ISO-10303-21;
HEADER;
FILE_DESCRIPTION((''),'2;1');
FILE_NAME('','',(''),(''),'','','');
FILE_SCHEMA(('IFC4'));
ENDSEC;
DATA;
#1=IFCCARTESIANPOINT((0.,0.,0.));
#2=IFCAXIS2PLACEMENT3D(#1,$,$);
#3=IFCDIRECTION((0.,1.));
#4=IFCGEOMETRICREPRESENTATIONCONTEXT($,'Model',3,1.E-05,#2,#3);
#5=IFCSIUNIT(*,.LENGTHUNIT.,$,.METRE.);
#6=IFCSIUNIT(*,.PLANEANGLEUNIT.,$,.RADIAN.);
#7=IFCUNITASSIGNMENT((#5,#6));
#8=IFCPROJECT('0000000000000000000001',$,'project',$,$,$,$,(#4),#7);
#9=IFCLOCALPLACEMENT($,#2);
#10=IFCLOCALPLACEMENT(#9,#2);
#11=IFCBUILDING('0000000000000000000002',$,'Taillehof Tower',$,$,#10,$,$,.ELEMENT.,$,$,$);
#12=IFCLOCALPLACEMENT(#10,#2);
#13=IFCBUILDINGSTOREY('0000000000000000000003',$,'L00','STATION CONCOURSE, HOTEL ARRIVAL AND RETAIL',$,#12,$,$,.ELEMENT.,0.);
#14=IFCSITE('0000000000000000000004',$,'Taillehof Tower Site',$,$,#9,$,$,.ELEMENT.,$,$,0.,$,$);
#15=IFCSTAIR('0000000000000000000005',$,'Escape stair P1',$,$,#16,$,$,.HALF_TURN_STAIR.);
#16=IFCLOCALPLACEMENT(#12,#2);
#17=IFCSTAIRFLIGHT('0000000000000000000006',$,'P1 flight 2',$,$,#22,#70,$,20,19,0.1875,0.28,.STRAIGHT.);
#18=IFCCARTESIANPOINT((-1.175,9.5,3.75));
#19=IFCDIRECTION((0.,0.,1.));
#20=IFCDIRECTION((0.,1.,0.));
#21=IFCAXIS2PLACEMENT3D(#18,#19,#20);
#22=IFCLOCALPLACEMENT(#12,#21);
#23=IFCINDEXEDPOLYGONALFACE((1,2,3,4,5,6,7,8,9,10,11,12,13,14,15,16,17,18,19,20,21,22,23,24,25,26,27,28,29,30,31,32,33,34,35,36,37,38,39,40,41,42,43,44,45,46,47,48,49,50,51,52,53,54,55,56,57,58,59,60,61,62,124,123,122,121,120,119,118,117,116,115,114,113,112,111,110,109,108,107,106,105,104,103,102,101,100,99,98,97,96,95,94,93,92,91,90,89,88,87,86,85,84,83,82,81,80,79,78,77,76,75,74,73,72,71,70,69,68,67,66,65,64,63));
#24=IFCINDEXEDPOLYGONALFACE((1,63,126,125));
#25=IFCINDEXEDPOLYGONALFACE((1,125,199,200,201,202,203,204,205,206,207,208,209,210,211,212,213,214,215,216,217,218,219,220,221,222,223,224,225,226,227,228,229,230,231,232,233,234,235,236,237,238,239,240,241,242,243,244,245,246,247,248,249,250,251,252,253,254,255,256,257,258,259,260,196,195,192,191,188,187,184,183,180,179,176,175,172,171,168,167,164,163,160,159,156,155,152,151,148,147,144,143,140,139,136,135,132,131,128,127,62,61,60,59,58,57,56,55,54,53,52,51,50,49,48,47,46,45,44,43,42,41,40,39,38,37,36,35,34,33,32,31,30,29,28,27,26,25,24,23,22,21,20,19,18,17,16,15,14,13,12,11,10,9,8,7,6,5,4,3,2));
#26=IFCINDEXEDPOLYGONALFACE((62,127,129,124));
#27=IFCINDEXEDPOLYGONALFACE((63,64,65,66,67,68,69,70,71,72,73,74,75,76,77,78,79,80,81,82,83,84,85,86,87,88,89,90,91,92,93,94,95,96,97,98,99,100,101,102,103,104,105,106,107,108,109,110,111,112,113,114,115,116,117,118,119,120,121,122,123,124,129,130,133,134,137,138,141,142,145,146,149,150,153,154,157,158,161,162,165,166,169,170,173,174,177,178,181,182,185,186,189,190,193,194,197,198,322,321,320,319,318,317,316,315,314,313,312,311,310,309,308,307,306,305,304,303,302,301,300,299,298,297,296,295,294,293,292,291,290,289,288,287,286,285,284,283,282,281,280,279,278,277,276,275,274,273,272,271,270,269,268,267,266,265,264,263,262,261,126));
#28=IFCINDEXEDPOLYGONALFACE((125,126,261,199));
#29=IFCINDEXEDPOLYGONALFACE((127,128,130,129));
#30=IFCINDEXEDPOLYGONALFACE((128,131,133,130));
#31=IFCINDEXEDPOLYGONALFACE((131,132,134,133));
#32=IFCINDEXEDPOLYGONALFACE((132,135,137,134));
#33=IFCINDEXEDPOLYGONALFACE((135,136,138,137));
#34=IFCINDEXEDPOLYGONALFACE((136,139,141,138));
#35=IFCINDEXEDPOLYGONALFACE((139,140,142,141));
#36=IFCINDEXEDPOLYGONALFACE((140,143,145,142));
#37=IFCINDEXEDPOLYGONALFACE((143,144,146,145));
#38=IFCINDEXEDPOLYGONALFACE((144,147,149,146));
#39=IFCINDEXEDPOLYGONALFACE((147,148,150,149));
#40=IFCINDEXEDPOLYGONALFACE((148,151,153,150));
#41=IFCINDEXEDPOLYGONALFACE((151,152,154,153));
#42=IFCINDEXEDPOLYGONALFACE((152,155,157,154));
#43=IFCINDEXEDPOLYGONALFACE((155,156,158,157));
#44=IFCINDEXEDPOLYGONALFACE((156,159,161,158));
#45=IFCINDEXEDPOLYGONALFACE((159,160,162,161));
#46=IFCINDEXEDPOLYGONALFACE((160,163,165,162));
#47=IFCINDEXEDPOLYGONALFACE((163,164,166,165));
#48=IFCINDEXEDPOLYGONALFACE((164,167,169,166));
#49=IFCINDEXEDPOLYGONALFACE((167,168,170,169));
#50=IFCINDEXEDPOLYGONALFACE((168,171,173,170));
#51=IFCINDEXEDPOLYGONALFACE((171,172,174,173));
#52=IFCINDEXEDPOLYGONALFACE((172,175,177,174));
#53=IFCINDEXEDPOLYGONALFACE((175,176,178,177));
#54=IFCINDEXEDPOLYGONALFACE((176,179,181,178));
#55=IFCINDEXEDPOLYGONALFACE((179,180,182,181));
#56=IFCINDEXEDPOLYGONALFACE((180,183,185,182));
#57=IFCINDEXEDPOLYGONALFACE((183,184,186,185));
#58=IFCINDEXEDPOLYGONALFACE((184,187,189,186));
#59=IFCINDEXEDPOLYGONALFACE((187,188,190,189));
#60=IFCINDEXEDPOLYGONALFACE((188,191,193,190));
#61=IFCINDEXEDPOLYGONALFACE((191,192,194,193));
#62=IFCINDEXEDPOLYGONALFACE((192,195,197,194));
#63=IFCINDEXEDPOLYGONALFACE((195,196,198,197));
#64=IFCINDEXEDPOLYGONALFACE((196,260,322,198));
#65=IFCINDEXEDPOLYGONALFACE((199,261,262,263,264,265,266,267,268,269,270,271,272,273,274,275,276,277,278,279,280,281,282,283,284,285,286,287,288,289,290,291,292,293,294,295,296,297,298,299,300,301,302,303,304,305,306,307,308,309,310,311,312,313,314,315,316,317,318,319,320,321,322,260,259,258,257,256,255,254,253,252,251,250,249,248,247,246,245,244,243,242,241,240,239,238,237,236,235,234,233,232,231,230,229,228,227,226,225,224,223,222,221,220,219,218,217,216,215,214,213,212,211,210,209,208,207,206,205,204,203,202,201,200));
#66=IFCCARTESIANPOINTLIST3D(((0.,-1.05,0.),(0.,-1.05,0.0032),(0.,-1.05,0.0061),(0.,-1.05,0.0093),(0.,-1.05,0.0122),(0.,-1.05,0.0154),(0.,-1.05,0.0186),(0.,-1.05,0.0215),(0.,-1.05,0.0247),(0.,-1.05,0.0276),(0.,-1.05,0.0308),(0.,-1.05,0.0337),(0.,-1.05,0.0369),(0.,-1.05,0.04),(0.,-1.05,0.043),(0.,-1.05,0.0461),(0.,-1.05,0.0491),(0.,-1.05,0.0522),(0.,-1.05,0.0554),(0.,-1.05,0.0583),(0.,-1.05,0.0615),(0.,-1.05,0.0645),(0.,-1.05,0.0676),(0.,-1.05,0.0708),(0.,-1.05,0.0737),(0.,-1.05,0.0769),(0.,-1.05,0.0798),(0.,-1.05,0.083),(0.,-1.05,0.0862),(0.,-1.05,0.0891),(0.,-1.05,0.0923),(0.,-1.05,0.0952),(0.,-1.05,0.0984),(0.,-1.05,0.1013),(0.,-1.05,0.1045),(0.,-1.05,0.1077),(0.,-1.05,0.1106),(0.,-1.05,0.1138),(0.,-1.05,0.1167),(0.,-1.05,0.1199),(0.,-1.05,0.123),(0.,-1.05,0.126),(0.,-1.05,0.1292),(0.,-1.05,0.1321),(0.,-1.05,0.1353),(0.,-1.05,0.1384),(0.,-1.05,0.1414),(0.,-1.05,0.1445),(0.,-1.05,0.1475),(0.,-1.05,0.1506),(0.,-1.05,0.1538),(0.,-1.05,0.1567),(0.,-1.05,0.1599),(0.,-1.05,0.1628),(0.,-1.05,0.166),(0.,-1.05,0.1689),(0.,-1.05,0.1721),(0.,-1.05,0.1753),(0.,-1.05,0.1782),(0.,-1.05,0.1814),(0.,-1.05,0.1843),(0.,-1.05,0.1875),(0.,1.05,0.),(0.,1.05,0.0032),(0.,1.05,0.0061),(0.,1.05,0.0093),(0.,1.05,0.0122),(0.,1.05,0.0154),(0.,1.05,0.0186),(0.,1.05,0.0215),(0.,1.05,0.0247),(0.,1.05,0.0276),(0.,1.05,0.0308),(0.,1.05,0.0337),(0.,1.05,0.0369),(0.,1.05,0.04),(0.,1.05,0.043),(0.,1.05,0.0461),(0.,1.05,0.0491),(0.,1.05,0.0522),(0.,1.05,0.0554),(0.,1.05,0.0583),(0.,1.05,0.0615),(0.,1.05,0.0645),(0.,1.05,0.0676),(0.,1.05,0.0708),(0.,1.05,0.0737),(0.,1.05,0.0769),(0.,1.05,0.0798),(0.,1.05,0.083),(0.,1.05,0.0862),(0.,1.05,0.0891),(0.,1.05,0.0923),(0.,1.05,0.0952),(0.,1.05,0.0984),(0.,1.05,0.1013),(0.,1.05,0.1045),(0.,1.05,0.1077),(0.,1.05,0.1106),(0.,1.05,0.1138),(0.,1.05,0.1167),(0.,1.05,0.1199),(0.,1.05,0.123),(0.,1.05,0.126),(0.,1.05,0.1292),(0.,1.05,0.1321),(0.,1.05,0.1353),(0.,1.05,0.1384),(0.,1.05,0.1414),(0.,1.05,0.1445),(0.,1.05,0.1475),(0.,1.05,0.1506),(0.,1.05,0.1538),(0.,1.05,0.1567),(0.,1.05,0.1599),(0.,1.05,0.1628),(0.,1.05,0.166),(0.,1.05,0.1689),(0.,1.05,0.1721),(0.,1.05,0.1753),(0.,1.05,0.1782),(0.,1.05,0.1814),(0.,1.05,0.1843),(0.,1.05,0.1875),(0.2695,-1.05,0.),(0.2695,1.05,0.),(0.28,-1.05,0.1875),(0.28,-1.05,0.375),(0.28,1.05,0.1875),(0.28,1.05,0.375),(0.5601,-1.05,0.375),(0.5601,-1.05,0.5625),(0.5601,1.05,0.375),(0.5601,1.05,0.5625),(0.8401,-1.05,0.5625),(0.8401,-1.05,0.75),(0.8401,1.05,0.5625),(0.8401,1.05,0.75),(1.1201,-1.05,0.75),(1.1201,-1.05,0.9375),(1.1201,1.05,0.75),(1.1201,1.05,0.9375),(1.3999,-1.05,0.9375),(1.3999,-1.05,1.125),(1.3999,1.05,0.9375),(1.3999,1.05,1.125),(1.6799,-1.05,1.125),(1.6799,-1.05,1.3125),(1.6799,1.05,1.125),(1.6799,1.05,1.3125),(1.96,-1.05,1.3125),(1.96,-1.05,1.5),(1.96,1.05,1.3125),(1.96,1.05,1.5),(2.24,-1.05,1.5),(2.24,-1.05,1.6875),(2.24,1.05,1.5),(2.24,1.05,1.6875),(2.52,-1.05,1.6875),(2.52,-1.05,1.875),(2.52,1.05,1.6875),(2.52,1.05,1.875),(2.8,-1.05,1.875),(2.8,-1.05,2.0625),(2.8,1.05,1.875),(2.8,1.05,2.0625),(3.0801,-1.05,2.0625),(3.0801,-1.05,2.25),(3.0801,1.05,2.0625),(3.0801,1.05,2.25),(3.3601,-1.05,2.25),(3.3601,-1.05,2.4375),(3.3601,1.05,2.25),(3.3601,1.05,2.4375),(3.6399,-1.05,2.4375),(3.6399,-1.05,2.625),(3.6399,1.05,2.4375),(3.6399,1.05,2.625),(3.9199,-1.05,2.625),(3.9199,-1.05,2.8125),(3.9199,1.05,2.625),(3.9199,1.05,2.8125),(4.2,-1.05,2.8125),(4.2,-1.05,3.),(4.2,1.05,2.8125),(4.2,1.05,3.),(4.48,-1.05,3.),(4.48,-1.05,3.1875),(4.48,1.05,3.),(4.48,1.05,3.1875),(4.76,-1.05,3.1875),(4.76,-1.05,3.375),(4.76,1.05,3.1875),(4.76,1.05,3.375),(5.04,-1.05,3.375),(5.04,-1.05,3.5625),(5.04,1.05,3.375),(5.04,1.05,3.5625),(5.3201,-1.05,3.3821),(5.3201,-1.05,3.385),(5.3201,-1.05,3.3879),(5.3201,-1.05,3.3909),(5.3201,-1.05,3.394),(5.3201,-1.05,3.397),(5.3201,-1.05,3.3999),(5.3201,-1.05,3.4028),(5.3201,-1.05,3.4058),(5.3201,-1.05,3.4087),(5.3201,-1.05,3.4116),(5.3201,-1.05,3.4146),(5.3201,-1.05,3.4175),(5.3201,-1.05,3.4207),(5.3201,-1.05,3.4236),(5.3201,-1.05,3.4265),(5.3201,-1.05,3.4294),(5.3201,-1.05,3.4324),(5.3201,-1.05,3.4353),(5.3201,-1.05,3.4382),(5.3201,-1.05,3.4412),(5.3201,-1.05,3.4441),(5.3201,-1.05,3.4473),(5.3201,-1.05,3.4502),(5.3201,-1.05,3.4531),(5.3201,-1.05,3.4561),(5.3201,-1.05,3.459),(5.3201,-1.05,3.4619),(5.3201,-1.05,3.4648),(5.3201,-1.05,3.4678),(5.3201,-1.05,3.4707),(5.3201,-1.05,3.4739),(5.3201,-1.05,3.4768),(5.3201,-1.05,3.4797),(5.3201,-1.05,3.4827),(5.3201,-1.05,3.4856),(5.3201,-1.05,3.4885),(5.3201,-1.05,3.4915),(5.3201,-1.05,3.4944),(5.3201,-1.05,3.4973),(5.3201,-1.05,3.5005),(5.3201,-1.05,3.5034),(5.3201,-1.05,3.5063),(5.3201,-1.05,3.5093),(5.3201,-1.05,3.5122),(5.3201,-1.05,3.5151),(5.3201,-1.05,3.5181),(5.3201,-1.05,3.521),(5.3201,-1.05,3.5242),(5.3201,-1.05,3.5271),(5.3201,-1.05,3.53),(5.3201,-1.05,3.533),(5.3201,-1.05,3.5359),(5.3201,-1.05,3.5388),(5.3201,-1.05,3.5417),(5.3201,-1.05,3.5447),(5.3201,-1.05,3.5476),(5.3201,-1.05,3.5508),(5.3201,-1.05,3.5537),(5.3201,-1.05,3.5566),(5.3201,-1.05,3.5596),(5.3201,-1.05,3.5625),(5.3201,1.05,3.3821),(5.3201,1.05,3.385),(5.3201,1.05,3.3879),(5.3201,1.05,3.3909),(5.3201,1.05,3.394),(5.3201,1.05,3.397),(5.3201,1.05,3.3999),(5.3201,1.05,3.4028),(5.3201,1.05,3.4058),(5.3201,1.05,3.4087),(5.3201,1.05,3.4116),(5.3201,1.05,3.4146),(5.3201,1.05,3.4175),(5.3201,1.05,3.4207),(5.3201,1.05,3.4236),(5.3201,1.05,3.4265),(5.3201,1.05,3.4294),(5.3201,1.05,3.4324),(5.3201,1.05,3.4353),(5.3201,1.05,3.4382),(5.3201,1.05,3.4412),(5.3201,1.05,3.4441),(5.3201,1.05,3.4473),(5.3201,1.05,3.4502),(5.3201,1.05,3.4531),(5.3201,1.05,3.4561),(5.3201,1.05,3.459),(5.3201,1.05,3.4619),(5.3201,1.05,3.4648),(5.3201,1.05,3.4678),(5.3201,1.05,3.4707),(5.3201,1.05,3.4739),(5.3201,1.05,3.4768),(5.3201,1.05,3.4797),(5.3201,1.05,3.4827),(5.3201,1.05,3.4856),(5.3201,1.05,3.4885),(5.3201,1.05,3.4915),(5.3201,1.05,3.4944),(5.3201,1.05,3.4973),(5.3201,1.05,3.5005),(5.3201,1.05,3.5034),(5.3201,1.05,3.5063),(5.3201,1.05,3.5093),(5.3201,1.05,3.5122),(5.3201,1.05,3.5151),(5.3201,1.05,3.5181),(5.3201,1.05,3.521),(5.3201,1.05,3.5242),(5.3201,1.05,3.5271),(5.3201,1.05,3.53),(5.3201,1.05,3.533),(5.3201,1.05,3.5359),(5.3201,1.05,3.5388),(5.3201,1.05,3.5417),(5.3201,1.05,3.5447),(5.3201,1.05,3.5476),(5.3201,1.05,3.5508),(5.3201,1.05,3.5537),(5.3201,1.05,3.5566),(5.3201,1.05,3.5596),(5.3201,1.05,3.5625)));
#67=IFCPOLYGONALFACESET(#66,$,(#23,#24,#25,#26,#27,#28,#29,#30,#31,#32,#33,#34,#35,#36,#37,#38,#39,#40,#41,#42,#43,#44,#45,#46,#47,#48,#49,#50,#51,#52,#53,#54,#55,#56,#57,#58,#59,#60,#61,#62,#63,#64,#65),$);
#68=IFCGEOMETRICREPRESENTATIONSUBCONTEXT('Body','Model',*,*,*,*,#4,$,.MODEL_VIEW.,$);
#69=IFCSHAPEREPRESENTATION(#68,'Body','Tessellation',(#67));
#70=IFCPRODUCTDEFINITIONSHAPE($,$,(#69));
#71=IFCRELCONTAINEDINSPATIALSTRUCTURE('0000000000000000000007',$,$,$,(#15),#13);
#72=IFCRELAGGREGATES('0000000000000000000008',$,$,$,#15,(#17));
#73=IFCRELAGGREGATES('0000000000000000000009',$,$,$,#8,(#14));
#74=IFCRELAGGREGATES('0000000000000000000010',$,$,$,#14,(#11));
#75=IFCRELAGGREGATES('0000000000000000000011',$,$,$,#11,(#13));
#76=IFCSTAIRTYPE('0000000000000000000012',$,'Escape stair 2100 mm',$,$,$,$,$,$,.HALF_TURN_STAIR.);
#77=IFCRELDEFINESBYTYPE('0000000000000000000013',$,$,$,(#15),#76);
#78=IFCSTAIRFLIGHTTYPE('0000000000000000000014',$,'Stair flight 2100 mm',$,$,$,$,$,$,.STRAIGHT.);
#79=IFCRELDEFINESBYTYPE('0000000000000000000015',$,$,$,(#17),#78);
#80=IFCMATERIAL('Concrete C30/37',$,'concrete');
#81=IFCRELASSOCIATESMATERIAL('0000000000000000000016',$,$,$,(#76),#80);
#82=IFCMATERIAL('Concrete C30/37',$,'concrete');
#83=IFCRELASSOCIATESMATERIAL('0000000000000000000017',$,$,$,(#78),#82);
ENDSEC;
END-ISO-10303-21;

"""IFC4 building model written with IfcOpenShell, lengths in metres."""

from ifc_helpers import new_model, si_unit, direction, frame, origin, place, context, subcontext, project, spatial, polyline, outline, extrude, material, type_object, element, aggregate, save


model = new_model("IFC4")

# Units and contexts
model_context = context("Model", 3, precision=1e-05, world=origin(), true_north=direction((0.0, 1.0)))
body_context = subcontext(model_context, "Body", "Model", "MODEL_VIEW")
ifc_project = project(units=[si_unit("LENGTHUNIT", "METRE"), si_unit("PLANEANGLEUNIT", "RADIAN")], contexts=[model_context])

# Site, building, storey
site_placement = place(None, origin())
site = spatial("IfcSite", under=ifc_project, at=site_placement, Name="Taillehof Tower Site", CompositionType="ELEMENT", RefElevation=0.0)
building_placement = place(site_placement, origin())
building = spatial("IfcBuilding", under=site, at=building_placement, Name="Taillehof Tower", CompositionType="ELEMENT")
storey_placement = place(building_placement, origin())
storey = spatial("IfcBuildingStorey", under=building, at=storey_placement, Name="L00", Description="STATION CONCOURSE, HOTEL ARRIVAL AND RETAIL", CompositionType="ELEMENT", Elevation=0.0)

# Stair, stair flight
ifc_material_1 = material(Name="Concrete C30/37", Category="concrete")
stair_type = type_object("IfcStairType", Name="Escape stair 2100 mm", PredefinedType="HALF_TURN_STAIR", material=ifc_material_1)
stair_placement = place(storey_placement, origin())
stair = element("IfcStair", 1, at=stair_placement, inside=storey, type_object=stair_type, Name="Escape stair P1", PredefinedType="HALF_TURN_STAIR")
ifc_material_2 = material(Name="Concrete C30/37", Category="concrete")
stair_flight_type = type_object("IfcStairFlightType", Name="Stair flight 2100 mm", PredefinedType="STRAIGHT", material=ifc_material_2)
stair_flight_placement = place(storey_placement, frame((-1.175, 9.5, 3.75), z_axis=(0.0, 0.0, 1.0), x_axis=(0.0, 1.0, 0.0)))
stair_flight = element("IfcStairFlight", 2, at=stair_flight_placement, type_object=stair_flight_type, Name="P1 flight 2", NumberOfRisers=20, NumberOfTreads=19, PredefinedType="STRAIGHT", RiserHeight=0.1875, TreadLength=0.28, context=body_context, shape_type="SweptSolid", body=[
    extrude(outline(polyline([(0.0, 0.0), (0.0, 0.0032), (0.0, 0.0061), (0.0, 0.0093), (0.0, 0.0122), (0.0, 0.0154), (0.0, 0.0186), (0.0, 0.0215), (0.0, 0.0247), (0.0, 0.0276), (0.0, 0.0308), (0.0, 0.0337), (0.0, 0.0369), (0.0, 0.04), (0.0, 0.043), (0.0, 0.0461), (0.0, 0.0491), (0.0, 0.0522), (0.0, 0.0554), (0.0, 0.0583), (0.0, 0.0615), (0.0, 0.0645), (0.0, 0.0676), (0.0, 0.0708), (0.0, 0.0737), (0.0, 0.0769), (0.0, 0.0798), (0.0, 0.083), (0.0, 0.0862), (0.0, 0.0891), (0.0, 0.0923), (0.0, 0.0952), (0.0, 0.0984), (0.0, 0.1013), (0.0, 0.1045), (0.0, 0.1077), (0.0, 0.1106), (0.0, 0.1138), (0.0, 0.1167), (0.0, 0.1199), (0.0, 0.123), (0.0, 0.126), (0.0, 0.1292), (0.0, 0.1321), (0.0, 0.1353), (0.0, 0.1384), (0.0, 0.1414), (0.0, 0.1445), (0.0, 0.1475), (0.0, 0.1506), (0.0, 0.1538), (0.0, 0.1567), (0.0, 0.1599), (0.0, 0.1628), (0.0, 0.166), (0.0, 0.1689), (0.0, 0.1721), (0.0, 0.1753), (0.0, 0.1782), (0.0, 0.1814), (0.0, 0.1843), (0.0, 0.1875), (0.28, 0.1875), (0.28, 0.375), (0.5601, 0.375), (0.5601, 0.5625), (0.8401, 0.5625), (0.8401, 0.75), (1.1201, 0.75), (1.1201, 0.9375), (1.3999, 0.9375), (1.3999, 1.125), (1.6799, 1.125), (1.6799, 1.3125), (1.96, 1.3125), (1.96, 1.5), (2.24, 1.5), (2.24, 1.6875), (2.52, 1.6875), (2.52, 1.875), (2.8, 1.875), (2.8, 2.0625), (3.0801, 2.0625), (3.0801, 2.25), (3.3601, 2.25), (3.3601, 2.4375), (3.6399, 2.4375), (3.6399, 2.625), (3.9199, 2.625), (3.9199, 2.8125), (4.2, 2.8125), (4.2, 3.0), (4.48, 3.0), (4.48, 3.1875), (4.76, 3.1875), (4.76, 3.375), (5.04, 3.375), (5.04, 3.5625), (5.3201, 3.5625), (5.3201, 3.5596), (5.3201, 3.5566), (5.3201, 3.5537), (5.3201, 3.5508), (5.3201, 3.5476), (5.3201, 3.5447), (5.3201, 3.5417), (5.3201, 3.5388), (5.3201, 3.5359), (5.3201, 3.533), (5.3201, 3.53), (5.3201, 3.5271), (5.3201, 3.5242), (5.3201, 3.521), (5.3201, 3.5181), (5.3201, 3.5151), (5.3201, 3.5122), (5.3201, 3.5093), (5.3201, 3.5063), (5.3201, 3.5034), (5.3201, 3.5005), (5.3201, 3.4973), (5.3201, 3.4944), (5.3201, 3.4915), (5.3201, 3.4885), (5.3201, 3.4856), (5.3201, 3.4827), (5.3201, 3.4797), (5.3201, 3.4768), (5.3201, 3.4739), (5.3201, 3.4707), (5.3201, 3.4678), (5.3201, 3.4648), (5.3201, 3.4619), (5.3201, 3.459), (5.3201, 3.4561), (5.3201, 3.4531), (5.3201, 3.4502), (5.3201, 3.4473), (5.3201, 3.4441), (5.3201, 3.4412), (5.3201, 3.4382), (5.3201, 3.4353), (5.3201, 3.4324), (5.3201, 3.4294), (5.3201, 3.4265), (5.3201, 3.4236), (5.3201, 3.4207), (5.3201, 3.4175), (5.3201, 3.4146), (5.3201, 3.4116), (5.3201, 3.4087), (5.3201, 3.4058), (5.3201, 3.4028), (5.3201, 3.3999), (5.3201, 3.397), (5.3201, 3.394), (5.3201, 3.3909), (5.3201, 3.3879), (5.3201, 3.385), (5.3201, 3.3821), (0.2695, 0.0), (0.0, 0.0)])), frame((0.0, 1.05, 0.0), z_axis=(0.0, -1.0, 0.0), x_axis=(1.0, 0.0, 0.0)), (0.0, 0.0, 1.0), 2.1),
])
aggregate(stair, [stair_flight])

save(model, "model.ifc")
